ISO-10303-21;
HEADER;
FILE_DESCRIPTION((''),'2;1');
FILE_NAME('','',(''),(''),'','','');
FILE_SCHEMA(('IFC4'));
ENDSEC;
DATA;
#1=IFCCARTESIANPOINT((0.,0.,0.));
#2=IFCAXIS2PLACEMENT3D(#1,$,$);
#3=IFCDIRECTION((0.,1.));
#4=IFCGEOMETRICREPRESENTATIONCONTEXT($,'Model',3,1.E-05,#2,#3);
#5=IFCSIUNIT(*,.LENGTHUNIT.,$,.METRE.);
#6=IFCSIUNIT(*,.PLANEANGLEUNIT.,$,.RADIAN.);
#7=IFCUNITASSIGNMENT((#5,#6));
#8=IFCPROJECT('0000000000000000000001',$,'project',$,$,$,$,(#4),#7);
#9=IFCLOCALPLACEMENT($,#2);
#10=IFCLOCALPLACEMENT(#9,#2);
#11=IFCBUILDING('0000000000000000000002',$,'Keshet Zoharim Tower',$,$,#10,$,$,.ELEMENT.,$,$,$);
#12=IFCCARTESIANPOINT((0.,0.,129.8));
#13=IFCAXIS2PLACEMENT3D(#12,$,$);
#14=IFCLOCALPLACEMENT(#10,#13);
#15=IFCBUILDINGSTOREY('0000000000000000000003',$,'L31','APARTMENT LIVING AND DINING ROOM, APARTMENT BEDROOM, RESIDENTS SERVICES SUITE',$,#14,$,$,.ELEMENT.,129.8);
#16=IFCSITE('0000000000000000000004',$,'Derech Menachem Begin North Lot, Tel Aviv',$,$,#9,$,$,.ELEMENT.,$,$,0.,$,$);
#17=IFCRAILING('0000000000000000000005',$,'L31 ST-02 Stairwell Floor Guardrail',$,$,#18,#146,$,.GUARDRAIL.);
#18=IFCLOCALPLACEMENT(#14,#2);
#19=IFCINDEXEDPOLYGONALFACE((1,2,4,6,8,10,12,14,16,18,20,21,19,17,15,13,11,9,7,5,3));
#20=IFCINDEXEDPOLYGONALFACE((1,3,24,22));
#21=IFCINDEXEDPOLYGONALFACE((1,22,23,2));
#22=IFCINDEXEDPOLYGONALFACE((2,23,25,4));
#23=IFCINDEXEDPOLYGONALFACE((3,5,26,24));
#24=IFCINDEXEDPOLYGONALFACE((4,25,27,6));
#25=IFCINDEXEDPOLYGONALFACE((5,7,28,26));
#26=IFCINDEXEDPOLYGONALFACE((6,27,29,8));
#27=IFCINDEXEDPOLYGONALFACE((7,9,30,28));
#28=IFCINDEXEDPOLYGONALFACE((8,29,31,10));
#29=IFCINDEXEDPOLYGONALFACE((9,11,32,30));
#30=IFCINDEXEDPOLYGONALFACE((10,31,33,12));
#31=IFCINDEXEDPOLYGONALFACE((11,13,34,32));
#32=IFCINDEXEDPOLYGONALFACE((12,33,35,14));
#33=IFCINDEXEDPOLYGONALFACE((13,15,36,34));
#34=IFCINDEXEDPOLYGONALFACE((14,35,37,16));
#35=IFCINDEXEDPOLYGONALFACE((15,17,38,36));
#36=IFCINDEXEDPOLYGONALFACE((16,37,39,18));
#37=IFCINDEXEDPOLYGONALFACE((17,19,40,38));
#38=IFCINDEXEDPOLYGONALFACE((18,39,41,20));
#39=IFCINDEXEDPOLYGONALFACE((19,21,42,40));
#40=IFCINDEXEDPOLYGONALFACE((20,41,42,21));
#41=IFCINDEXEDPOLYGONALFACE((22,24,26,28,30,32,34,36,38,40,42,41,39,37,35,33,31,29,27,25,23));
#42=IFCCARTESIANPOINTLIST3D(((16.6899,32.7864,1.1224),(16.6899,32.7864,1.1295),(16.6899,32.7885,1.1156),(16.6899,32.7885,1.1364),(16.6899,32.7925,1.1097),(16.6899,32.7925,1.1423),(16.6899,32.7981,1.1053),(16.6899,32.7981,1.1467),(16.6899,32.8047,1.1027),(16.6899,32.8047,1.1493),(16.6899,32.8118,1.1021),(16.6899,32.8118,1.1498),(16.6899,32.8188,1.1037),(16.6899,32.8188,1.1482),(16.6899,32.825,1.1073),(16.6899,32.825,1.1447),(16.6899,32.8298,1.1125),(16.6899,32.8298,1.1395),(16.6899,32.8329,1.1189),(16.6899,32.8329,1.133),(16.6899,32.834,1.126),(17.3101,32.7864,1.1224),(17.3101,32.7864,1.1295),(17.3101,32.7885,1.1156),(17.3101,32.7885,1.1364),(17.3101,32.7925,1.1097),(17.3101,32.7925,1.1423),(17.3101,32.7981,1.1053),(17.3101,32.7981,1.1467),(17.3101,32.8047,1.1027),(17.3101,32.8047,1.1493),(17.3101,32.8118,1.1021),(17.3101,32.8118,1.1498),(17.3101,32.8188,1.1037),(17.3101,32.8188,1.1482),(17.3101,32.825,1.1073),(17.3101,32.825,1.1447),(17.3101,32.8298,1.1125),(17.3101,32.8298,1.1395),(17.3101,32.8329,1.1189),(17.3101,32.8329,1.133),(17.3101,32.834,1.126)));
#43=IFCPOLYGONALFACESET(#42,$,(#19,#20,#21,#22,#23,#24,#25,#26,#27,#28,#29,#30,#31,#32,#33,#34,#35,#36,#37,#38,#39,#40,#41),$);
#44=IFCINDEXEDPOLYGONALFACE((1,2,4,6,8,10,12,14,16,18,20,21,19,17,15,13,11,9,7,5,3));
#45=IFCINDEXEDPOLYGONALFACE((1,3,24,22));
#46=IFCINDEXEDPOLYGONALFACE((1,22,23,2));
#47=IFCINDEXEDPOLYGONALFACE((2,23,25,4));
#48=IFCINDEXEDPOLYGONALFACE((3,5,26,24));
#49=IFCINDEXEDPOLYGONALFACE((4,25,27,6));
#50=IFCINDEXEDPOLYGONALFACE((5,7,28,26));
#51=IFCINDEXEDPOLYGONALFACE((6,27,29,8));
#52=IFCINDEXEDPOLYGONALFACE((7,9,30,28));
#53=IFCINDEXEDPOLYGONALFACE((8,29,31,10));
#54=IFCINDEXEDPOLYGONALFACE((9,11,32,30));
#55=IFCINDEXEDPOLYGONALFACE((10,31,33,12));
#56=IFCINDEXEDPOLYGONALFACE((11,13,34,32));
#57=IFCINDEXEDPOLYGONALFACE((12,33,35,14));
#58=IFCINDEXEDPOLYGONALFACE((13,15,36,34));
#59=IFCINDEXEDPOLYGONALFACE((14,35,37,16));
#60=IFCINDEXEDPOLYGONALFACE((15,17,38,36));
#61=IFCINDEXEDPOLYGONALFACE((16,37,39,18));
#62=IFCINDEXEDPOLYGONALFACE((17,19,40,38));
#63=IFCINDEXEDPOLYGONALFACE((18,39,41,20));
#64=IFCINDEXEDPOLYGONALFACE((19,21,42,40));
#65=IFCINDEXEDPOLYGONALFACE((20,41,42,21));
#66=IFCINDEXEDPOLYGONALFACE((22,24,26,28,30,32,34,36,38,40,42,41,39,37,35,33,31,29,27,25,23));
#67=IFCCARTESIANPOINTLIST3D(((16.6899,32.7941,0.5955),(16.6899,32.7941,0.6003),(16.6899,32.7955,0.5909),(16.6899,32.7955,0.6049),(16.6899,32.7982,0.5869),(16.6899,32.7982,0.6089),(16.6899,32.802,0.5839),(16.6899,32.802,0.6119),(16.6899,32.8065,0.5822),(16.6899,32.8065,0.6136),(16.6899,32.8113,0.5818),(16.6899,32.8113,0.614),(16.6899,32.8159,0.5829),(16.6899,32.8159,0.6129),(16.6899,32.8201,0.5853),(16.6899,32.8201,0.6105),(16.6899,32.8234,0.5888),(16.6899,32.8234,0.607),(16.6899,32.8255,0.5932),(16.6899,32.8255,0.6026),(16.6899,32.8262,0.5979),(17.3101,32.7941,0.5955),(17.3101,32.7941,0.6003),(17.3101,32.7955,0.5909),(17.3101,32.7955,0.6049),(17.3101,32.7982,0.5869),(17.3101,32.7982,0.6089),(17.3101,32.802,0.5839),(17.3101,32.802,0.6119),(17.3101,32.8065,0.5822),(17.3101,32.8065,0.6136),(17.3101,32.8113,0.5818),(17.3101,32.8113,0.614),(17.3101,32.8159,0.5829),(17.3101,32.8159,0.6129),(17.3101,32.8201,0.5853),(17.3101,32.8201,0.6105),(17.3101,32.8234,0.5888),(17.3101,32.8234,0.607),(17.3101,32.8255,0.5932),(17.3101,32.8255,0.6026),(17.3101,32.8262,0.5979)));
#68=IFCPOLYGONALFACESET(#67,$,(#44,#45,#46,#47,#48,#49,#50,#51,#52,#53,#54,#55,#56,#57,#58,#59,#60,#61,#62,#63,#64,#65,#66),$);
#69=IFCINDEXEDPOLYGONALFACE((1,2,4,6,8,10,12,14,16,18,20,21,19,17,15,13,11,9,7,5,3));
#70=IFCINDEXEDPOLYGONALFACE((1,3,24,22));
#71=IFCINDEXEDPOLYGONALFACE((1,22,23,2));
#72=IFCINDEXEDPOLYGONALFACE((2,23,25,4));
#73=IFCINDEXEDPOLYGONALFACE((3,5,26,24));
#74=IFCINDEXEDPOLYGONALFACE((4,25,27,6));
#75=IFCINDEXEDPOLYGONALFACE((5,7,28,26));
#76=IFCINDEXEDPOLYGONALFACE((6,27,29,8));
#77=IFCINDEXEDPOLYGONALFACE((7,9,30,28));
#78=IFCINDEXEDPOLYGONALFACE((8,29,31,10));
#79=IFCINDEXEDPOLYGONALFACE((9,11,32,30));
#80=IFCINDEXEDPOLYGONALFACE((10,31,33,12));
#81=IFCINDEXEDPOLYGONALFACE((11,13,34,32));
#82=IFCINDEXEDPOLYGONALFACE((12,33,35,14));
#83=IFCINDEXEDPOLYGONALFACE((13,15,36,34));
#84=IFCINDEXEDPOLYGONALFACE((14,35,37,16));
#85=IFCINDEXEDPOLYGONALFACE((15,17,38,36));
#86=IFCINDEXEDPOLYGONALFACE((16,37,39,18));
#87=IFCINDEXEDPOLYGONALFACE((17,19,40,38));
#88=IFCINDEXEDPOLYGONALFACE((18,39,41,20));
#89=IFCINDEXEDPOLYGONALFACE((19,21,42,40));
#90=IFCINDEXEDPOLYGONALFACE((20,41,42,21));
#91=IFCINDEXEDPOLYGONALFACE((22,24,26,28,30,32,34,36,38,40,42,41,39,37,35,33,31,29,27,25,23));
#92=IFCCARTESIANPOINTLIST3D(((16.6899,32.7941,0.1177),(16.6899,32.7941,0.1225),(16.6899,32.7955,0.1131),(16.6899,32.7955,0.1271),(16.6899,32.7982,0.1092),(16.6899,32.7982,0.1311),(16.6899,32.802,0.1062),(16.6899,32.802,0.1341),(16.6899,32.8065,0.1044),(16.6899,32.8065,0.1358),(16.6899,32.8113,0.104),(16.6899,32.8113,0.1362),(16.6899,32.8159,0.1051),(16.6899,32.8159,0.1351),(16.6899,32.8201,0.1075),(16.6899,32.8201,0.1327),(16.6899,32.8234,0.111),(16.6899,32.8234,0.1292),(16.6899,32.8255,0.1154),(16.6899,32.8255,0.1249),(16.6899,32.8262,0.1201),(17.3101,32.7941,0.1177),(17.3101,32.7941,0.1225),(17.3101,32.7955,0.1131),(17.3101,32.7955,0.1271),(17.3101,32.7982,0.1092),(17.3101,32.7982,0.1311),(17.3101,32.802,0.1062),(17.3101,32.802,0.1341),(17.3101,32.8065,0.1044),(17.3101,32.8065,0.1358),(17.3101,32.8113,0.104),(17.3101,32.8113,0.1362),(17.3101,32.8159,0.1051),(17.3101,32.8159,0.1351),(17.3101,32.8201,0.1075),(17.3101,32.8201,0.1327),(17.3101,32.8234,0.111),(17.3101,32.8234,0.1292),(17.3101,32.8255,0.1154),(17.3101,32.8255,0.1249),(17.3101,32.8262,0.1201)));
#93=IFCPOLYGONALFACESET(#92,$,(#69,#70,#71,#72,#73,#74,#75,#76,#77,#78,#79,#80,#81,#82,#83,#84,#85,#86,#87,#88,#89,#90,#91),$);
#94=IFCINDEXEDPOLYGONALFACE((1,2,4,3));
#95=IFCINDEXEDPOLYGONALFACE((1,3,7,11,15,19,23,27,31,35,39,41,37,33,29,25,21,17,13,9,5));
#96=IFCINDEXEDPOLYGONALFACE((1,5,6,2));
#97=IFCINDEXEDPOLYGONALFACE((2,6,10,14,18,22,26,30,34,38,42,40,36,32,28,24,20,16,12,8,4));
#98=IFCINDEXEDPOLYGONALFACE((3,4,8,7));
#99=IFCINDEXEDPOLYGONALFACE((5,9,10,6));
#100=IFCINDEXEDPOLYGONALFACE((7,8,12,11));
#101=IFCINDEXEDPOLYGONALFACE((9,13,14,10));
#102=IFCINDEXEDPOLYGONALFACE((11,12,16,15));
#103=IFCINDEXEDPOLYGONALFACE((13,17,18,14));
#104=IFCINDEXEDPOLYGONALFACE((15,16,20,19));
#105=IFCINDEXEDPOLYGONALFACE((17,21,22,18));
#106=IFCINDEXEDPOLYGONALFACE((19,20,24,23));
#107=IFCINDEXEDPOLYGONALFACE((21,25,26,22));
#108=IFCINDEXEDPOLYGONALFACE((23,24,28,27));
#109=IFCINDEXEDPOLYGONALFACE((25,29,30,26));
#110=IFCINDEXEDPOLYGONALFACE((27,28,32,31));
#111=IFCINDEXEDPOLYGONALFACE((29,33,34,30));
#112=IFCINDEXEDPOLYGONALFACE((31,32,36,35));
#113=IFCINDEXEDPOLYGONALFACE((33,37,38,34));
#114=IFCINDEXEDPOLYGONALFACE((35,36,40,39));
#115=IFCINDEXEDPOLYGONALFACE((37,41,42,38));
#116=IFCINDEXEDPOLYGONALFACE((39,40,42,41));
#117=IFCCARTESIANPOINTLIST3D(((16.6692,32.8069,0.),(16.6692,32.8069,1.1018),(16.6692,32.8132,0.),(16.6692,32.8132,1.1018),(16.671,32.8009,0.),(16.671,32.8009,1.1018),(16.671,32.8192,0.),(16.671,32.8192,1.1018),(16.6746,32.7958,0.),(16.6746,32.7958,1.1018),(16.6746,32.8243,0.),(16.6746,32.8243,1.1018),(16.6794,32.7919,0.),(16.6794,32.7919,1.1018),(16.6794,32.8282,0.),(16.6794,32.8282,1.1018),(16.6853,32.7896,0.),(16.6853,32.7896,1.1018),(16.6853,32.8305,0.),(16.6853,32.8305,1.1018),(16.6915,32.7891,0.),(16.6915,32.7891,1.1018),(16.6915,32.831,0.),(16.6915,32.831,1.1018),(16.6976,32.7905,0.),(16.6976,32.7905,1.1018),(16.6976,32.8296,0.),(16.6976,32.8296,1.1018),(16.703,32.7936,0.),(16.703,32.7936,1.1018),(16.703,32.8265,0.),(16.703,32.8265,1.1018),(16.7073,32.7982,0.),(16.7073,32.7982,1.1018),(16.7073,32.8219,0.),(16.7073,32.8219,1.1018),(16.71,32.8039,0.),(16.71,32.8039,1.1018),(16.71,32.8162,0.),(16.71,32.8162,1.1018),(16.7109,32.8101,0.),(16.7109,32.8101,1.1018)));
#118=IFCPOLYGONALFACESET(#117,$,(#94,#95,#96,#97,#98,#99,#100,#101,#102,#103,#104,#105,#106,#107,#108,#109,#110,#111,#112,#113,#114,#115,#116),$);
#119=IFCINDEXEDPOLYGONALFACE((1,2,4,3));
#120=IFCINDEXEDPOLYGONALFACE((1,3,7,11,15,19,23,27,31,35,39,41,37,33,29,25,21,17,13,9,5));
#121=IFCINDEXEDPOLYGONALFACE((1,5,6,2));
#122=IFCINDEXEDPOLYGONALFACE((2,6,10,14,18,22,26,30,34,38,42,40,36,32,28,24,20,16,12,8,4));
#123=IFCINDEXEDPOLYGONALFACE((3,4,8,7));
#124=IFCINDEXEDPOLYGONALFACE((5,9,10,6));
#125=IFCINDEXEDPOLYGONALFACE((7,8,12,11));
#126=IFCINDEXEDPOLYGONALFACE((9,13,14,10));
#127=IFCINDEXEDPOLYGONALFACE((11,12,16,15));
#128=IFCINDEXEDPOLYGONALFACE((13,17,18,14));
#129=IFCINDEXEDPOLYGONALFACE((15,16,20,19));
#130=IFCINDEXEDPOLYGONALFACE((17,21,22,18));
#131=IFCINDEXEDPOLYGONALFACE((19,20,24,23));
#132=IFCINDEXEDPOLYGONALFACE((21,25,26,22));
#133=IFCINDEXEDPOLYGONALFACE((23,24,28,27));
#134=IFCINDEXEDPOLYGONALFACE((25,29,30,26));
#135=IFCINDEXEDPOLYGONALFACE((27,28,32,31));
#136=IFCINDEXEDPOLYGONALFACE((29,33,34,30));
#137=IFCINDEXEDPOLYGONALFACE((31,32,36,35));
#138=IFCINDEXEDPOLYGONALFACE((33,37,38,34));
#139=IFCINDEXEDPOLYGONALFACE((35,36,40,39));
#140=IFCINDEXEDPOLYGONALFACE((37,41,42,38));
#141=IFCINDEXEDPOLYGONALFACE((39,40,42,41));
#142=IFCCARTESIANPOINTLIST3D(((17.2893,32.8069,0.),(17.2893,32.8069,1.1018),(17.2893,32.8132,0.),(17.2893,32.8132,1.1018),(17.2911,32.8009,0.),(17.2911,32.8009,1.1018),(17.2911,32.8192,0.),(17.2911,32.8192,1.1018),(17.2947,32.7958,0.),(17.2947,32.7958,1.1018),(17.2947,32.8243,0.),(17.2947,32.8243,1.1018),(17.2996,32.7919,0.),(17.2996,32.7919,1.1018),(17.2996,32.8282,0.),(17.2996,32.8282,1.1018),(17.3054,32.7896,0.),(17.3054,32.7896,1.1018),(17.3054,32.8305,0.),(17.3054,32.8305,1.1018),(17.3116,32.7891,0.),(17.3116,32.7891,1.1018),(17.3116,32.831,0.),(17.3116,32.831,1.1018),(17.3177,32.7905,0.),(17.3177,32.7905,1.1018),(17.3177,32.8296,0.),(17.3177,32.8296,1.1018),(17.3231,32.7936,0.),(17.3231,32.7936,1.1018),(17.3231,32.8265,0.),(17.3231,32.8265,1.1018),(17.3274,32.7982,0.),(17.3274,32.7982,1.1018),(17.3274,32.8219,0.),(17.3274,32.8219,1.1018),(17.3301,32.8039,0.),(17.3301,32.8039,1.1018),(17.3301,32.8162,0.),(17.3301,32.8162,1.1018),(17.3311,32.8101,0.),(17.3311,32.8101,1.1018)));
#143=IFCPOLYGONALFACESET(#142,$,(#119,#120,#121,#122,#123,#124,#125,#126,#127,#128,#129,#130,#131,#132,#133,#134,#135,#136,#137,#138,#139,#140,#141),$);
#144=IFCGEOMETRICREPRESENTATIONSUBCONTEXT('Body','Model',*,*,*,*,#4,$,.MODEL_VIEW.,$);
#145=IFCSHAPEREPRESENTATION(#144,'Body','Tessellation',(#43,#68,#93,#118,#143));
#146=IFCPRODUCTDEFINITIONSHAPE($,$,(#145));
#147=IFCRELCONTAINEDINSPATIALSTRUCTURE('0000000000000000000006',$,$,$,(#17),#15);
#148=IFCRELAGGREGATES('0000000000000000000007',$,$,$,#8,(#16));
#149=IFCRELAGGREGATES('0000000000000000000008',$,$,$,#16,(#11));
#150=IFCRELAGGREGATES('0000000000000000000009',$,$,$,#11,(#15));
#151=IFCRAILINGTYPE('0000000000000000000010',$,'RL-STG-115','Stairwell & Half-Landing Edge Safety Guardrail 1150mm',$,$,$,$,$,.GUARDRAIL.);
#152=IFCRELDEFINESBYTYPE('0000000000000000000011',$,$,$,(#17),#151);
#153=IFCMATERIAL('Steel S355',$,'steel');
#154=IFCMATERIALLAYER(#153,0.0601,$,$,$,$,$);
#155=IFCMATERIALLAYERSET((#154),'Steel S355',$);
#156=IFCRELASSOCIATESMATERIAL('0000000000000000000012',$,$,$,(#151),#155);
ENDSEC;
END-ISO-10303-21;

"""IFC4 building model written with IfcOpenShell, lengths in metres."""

from ifc_helpers import new_model, si_unit, direction, frame, origin, origin_2d, place, context, subcontext, project, spatial, circle, extrude, material, layer, layer_set, type_object, element, save


model = new_model("IFC4")

# Units and contexts
model_context = context("Model", 3, precision=1e-05, world=origin(), true_north=direction((0.0, 1.0)))
body_context = subcontext(model_context, "Body", "Model", "MODEL_VIEW")
ifc_project = project(units=[si_unit("LENGTHUNIT", "METRE"), si_unit("PLANEANGLEUNIT", "RADIAN")], contexts=[model_context])

# Site, building, storey
site_placement = place(None, origin())
site = spatial("IfcSite", under=ifc_project, at=site_placement, Name="Derech Menachem Begin North Lot, Tel Aviv", CompositionType="ELEMENT", RefElevation=0.0)
building_placement = place(site_placement, origin())
building = spatial("IfcBuilding", under=site, at=building_placement, Name="Keshet Zoharim Tower", CompositionType="ELEMENT")
storey_placement = place(building_placement, frame((0.0, 0.0, 129.8)))
storey = spatial("IfcBuildingStorey", under=building, at=storey_placement, Name="L31", Description="APARTMENT LIVING AND DINING ROOM, APARTMENT BEDROOM, RESIDENTS SERVICES SUITE", CompositionType="ELEMENT", Elevation=129.8)

# Shared definitions
ifc_material_1 = material(Name="Steel S355", Category="steel")

# Railing
ifc_layer_1 = layer(ifc_material_1, 0.0601)
ifc_layer_set_1 = layer_set([ifc_layer_1], Name="Steel S355")
railing_type_1 = type_object("IfcRailingType", Name="RL-STG-115", Description="Stairwell & Half-Landing Edge Safety Guardrail 1150mm", PredefinedType="GUARDRAIL", material=ifc_layer_set_1)
railing_1_placement = place(storey_placement, frame((16.6899, 32.8101, 0.0)))
element("IfcRailing", 1, at=railing_1_placement, inside=storey, type_object=railing_type_1, Name="L31 ST-02 Stairwell Floor Guardrail", PredefinedType="GUARDRAIL", context=body_context, shape_type="SweptSolid", body=[
    extrude(circle(Radius=0.0239, at=origin_2d()), frame((0.0, 0.0, 1.126), z_axis=(1.0, 0.0, 0.0), x_axis=(0.0, 1.0, 0.0)), (0.0, 0.0, 1.0), 0.6201),
    extrude(circle(Radius=0.0161, at=origin_2d()), frame((0.0, 0.0, 0.5979), z_axis=(1.0, 0.0, 0.0), x_axis=(0.0, 1.0, 0.0)), (0.0, 0.0, 1.0), 0.6201),
    extrude(circle(Radius=0.0161, at=origin_2d()), frame((0.0, 0.0, 0.1201), z_axis=(1.0, 0.0, 0.0), x_axis=(0.0, 1.0, 0.0)), (0.0, 0.0, 1.0), 0.6201),
    extrude(circle(Radius=0.021, at=origin_2d()), origin(), (0.0, 0.0, 1.0), 1.1018),
    extrude(circle(Radius=0.021, at=origin_2d()), frame((0.6201, 0.0, 0.0)), (0.0, 0.0, 1.0), 1.1018),
])

save(model, "model.ifc")
